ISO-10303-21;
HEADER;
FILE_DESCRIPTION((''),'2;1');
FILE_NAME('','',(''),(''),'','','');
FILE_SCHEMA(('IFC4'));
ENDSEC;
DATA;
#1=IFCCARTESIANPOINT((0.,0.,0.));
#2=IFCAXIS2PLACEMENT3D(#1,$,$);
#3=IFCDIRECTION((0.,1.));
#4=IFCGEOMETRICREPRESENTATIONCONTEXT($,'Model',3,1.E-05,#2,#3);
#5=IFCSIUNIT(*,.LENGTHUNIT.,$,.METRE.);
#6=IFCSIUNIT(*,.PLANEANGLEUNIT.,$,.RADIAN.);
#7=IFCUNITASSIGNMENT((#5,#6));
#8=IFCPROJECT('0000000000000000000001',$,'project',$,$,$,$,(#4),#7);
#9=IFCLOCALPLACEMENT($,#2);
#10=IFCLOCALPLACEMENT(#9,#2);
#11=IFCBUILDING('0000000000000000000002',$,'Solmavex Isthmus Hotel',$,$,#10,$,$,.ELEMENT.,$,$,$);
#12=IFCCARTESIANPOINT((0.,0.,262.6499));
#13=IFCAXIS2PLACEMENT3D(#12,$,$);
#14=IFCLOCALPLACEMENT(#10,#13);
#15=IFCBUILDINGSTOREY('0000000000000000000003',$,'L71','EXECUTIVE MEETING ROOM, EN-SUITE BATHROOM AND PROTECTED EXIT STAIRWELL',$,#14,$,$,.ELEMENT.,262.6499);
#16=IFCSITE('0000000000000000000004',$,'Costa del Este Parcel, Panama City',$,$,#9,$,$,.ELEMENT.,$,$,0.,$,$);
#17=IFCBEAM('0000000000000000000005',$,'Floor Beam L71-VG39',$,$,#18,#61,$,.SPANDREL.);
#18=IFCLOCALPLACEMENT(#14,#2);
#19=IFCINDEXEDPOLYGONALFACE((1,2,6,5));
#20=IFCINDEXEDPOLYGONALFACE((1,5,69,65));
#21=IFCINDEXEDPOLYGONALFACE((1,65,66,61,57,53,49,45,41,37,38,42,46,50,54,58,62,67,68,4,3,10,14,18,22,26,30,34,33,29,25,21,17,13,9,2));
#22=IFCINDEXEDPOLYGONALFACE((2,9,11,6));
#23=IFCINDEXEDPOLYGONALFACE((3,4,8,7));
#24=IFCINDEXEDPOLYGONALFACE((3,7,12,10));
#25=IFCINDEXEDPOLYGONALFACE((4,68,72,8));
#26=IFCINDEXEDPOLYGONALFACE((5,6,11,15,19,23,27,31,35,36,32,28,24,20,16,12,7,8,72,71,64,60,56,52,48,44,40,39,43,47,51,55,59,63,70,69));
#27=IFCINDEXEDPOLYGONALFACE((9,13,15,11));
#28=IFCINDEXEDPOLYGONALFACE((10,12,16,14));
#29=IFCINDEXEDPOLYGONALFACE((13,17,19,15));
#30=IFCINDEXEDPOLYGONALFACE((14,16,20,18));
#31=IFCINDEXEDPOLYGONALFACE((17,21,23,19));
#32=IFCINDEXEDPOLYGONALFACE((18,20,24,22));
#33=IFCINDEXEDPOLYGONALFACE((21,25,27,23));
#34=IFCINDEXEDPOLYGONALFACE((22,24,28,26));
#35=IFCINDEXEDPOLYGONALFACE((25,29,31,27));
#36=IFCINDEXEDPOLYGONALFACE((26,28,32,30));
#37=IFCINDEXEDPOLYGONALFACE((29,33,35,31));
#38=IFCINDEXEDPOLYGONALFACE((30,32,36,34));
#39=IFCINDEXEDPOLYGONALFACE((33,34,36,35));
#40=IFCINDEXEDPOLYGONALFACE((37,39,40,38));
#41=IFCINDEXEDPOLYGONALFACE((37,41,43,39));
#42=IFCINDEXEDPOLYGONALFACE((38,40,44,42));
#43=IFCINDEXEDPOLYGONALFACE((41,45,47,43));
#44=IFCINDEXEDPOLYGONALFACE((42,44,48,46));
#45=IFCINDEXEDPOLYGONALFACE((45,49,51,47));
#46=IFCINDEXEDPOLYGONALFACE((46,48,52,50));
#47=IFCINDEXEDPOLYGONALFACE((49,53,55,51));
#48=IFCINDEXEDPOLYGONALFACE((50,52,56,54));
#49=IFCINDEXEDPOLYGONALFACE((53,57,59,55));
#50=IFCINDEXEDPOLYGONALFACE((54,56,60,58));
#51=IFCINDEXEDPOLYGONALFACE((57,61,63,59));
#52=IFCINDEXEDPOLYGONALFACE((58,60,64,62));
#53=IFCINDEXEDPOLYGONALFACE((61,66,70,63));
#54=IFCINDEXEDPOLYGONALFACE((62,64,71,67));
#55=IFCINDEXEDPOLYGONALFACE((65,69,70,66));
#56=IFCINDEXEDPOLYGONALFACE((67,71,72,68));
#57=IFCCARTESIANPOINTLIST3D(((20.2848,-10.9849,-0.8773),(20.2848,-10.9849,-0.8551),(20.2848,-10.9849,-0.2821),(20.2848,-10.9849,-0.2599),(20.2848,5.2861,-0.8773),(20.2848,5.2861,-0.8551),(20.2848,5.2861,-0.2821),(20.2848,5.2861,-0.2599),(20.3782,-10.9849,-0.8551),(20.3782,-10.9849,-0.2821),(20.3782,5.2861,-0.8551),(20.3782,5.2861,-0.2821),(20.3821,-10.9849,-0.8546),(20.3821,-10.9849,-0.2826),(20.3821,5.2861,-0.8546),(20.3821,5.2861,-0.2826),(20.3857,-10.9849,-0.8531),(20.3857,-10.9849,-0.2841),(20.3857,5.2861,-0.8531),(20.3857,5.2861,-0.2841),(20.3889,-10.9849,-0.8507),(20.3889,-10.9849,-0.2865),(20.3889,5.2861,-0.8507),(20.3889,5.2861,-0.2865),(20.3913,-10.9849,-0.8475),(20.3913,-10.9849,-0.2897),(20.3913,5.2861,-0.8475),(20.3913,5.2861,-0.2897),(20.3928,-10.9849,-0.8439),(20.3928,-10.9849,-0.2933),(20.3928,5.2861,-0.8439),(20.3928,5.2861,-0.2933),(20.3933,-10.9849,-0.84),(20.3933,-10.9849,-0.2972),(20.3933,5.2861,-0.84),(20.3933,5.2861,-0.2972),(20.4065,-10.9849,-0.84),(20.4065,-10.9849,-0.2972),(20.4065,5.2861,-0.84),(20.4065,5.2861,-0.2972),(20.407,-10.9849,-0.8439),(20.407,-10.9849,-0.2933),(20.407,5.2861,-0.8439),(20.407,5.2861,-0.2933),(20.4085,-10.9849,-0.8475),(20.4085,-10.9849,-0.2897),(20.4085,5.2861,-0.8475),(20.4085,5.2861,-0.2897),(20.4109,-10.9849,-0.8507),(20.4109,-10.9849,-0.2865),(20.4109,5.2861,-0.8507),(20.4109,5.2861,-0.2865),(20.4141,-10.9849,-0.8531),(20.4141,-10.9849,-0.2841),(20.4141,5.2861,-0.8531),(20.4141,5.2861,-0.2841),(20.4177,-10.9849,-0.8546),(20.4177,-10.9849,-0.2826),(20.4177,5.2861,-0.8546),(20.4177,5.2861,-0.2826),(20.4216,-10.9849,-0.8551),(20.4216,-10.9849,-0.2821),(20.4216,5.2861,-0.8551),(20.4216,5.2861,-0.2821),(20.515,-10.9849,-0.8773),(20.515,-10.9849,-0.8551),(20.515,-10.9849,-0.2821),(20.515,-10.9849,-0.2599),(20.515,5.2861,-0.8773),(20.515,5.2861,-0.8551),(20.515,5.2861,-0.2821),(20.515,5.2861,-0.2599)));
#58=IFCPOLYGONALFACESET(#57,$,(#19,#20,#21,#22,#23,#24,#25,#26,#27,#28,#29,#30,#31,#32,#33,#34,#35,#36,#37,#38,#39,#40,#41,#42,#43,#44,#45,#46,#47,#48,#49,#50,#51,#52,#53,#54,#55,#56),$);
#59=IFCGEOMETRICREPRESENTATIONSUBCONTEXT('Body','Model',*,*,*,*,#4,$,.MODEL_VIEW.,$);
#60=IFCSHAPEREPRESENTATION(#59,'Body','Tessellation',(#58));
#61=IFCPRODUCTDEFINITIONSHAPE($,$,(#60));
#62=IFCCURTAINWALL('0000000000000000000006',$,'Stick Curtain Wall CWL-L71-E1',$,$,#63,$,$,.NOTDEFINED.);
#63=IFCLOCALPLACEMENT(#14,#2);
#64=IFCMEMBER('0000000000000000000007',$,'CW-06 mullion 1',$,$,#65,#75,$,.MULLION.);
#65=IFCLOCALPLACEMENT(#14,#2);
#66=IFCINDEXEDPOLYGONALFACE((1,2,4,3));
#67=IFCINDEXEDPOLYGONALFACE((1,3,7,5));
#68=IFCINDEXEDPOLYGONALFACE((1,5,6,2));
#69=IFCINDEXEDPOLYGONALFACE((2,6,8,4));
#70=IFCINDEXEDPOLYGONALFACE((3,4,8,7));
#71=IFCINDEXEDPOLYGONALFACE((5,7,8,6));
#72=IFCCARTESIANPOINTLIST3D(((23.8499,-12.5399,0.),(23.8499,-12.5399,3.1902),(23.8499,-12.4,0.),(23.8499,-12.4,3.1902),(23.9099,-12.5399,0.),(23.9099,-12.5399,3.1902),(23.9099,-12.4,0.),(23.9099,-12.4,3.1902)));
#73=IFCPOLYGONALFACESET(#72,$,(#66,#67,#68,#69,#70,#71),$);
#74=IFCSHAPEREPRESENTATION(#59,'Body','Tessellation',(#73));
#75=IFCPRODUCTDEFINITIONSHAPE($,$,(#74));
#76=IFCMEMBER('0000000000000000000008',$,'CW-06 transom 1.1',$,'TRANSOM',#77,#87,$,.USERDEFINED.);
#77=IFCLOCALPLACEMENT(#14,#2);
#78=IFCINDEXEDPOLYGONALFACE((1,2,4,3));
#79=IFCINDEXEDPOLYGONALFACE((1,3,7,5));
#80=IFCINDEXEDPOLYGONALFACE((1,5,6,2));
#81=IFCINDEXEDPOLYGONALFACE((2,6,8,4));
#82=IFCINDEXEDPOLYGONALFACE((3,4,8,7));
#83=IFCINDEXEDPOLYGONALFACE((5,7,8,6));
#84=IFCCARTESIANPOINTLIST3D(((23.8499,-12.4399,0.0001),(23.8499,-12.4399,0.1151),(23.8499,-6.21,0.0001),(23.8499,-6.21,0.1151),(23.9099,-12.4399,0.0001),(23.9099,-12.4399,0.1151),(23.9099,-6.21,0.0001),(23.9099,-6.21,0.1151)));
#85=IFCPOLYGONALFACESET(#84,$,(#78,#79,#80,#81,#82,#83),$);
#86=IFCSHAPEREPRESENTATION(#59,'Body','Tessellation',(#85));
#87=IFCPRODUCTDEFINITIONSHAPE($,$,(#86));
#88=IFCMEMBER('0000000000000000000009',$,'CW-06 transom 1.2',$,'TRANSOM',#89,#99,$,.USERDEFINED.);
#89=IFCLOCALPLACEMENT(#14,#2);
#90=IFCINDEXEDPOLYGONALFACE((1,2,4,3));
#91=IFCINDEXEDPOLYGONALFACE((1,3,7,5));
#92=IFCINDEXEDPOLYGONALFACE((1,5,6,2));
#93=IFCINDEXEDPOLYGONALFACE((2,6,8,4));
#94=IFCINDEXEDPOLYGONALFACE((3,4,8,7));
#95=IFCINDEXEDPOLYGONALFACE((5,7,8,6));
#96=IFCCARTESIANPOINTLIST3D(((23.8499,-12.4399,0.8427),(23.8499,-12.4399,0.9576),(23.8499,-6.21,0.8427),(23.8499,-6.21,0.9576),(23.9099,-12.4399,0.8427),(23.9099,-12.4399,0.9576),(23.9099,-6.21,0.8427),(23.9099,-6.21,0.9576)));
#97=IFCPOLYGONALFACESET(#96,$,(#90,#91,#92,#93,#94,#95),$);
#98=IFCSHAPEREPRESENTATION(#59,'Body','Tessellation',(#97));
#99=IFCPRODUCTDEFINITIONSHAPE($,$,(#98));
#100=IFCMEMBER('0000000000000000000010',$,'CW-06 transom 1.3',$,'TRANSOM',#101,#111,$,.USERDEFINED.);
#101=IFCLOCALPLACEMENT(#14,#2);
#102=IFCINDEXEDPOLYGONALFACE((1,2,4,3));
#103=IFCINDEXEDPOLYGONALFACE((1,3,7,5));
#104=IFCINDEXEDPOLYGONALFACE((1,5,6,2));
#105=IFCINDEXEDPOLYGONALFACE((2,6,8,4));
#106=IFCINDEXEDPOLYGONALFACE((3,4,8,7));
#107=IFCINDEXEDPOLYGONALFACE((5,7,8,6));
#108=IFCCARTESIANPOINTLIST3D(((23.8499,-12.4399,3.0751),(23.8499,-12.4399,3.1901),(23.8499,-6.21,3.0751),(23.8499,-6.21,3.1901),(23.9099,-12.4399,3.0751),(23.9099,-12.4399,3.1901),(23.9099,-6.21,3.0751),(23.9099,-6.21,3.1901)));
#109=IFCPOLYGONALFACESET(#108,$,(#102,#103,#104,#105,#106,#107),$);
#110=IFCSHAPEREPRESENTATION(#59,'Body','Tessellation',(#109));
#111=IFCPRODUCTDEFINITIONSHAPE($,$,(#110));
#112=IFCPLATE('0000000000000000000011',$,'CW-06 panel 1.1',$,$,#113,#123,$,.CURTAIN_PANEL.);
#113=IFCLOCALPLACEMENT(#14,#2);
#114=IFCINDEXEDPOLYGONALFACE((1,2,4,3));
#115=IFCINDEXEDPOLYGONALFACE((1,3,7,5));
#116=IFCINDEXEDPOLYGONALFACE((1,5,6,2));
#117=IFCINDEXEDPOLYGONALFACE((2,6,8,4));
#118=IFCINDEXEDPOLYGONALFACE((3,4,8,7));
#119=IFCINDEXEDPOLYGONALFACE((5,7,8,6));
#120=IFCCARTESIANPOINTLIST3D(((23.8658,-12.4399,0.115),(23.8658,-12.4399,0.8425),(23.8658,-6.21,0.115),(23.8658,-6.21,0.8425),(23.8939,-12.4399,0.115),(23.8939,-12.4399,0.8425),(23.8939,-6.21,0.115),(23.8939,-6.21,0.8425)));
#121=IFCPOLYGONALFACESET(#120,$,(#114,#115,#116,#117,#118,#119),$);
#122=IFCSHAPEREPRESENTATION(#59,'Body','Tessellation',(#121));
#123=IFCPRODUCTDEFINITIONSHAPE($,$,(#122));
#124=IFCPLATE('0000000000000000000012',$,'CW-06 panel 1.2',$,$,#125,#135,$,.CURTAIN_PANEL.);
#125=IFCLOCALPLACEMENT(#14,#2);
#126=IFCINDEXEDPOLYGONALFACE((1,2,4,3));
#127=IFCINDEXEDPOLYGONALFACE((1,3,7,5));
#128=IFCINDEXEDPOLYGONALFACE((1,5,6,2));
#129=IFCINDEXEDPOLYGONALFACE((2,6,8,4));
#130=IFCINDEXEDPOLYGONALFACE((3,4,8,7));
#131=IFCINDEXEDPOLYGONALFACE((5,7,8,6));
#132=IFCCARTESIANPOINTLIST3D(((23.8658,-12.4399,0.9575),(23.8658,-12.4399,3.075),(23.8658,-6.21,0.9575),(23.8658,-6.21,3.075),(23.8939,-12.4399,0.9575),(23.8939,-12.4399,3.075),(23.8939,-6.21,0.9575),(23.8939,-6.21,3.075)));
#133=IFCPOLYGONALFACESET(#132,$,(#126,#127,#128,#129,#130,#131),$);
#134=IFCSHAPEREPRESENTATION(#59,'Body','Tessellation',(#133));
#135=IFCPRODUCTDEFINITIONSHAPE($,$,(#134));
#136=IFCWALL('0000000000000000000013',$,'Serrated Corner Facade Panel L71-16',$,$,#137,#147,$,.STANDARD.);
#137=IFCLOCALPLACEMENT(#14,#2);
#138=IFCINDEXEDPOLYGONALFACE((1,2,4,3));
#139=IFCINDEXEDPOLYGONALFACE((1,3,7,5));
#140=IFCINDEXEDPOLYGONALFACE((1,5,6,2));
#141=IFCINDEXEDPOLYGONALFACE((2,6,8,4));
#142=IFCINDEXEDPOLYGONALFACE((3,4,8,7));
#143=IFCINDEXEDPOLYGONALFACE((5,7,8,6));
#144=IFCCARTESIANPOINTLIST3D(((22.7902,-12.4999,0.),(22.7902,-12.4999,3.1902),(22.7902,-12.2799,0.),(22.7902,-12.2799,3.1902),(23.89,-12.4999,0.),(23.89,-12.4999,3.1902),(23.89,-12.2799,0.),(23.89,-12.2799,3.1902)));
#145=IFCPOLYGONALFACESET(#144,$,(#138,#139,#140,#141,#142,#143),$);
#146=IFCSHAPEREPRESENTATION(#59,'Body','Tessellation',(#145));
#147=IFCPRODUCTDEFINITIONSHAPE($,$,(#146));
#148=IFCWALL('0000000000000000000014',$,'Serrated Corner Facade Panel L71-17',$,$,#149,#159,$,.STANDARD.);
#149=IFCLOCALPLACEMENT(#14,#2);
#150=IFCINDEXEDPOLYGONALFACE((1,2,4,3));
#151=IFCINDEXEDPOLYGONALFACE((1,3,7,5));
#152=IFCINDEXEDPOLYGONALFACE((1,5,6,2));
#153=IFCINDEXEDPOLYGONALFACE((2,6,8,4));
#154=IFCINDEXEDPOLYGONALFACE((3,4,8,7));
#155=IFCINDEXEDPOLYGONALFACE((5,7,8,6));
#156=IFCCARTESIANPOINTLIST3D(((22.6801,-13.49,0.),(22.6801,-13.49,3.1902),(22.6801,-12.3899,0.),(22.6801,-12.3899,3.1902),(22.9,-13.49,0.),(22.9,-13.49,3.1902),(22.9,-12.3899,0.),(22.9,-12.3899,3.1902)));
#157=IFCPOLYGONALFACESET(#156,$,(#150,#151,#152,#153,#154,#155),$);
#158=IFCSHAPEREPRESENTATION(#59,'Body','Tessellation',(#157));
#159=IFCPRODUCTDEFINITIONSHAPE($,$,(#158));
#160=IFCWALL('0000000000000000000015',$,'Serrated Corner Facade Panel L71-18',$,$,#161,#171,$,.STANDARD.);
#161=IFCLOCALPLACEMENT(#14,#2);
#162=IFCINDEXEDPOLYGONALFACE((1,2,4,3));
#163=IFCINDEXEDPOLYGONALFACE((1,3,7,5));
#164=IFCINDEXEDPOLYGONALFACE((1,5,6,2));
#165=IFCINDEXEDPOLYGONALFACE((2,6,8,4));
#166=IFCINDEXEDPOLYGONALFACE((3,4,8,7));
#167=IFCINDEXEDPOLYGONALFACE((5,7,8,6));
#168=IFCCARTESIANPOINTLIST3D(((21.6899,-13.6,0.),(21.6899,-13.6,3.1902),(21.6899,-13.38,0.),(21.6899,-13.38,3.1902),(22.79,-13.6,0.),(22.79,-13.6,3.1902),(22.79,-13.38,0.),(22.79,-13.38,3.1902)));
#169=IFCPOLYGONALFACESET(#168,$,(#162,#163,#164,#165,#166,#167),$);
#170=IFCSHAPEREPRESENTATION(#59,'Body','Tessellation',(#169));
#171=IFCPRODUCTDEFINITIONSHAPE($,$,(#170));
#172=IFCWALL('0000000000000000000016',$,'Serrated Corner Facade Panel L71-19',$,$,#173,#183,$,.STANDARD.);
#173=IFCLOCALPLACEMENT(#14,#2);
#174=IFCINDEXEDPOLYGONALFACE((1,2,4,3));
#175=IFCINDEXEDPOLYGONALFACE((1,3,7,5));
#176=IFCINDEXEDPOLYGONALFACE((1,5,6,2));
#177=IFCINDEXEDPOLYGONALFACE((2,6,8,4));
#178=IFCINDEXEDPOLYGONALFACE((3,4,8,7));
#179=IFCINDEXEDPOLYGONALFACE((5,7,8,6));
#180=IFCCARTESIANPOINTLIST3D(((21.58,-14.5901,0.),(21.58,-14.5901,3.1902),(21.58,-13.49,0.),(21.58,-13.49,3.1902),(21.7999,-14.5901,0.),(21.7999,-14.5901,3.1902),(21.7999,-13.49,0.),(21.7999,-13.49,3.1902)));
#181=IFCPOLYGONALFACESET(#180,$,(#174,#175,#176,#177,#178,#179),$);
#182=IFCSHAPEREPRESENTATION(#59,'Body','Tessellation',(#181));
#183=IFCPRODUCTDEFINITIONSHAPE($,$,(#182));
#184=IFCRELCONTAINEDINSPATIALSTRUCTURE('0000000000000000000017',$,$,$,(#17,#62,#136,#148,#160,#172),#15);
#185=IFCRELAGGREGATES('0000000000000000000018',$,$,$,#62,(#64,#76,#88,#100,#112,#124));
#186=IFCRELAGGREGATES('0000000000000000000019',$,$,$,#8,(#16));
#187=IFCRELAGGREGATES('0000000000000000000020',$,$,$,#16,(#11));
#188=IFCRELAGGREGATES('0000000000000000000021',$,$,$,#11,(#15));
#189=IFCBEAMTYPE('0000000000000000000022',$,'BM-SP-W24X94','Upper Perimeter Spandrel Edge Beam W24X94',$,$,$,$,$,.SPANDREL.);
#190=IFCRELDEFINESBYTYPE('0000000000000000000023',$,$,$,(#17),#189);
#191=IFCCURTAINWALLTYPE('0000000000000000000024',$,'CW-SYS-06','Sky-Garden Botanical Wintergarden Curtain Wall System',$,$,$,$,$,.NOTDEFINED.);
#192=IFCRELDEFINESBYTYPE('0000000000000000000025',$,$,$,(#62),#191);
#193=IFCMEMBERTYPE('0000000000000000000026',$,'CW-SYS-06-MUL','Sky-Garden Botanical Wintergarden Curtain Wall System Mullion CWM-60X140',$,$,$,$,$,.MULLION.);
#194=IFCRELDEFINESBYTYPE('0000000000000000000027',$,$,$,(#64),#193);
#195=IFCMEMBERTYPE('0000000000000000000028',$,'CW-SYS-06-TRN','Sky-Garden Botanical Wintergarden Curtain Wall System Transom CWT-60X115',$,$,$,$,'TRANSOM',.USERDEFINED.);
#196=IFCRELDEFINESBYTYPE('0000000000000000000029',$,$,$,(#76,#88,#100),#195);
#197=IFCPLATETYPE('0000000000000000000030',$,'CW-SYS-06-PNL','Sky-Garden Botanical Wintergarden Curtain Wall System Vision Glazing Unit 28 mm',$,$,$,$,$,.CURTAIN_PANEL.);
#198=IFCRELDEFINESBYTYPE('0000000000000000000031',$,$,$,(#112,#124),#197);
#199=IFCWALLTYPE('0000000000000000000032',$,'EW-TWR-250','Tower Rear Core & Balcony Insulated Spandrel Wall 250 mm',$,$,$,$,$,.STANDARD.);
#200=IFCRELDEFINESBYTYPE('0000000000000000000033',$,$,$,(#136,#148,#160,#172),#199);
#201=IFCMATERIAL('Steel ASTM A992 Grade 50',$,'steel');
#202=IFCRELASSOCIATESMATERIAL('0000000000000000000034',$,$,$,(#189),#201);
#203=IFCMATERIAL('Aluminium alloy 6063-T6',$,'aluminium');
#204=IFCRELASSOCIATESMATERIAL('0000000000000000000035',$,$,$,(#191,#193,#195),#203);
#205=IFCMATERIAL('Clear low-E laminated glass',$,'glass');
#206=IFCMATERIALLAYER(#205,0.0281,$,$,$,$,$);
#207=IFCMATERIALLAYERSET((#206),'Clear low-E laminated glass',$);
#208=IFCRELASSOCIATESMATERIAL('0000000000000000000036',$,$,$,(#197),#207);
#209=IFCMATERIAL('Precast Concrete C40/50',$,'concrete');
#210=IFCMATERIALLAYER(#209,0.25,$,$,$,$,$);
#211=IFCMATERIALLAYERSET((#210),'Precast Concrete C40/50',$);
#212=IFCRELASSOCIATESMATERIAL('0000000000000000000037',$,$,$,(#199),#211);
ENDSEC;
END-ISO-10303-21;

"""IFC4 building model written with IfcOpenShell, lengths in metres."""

from ifc_helpers import new_model, si_unit, direction, frame, frame_2d, origin, origin_2d, place, context, subcontext, project, spatial, rectangle, i_section, extrude, material, layer, layer_set, material_profile, profile_set, type_object, element, aggregate, save


model = new_model("IFC4")

# Units and contexts
model_context = context("Model", 3, precision=1e-05, world=origin(), true_north=direction((0.0, 1.0)))
body_context = subcontext(model_context, "Body", "Model", "MODEL_VIEW")
ifc_project = project(units=[si_unit("LENGTHUNIT", "METRE"), si_unit("PLANEANGLEUNIT", "RADIAN")], contexts=[model_context])

# Site, building, storey
site_placement = place(None, origin())
site = spatial("IfcSite", under=ifc_project, at=site_placement, Name="Costa del Este Parcel, Panama City", CompositionType="ELEMENT", RefElevation=0.0)
building_placement = place(site_placement, origin())
building = spatial("IfcBuilding", under=site, at=building_placement, Name="Solmavex Isthmus Hotel", CompositionType="ELEMENT")
storey_placement = place(building_placement, frame((0.0, 0.0, 262.6499)))
storey = spatial("IfcBuildingStorey", under=building, at=storey_placement, Name="L71", Description="EXECUTIVE MEETING ROOM, EN-SUITE BATHROOM AND PROTECTED EXIT STAIRWELL", CompositionType="ELEMENT", Elevation=262.6499)

# Beam
ifc_material_1 = material(Name="Steel ASTM A992 Grade 50", Category="steel")
ifc_material_profile_1 = material_profile(ifc_material_1, i_section(OverallWidth=0.2302, OverallDepth=0.6174, WebThickness=0.0132, FlangeThickness=0.0222, FilletRadius=0.0151, at=origin_2d()), Name="W24X94")
ifc_profile_set_1 = profile_set([ifc_material_profile_1], Name="Steel ASTM A992 Grade 50")
beam_type_1 = type_object("IfcBeamType", Name="BM-SP-W24X94", Description="Upper Perimeter Spandrel Edge Beam W24X94", PredefinedType="SPANDREL", material=ifc_profile_set_1)
beam_1_placement = place(storey_placement, frame((20.3999, -10.9849, -0.5686), z_axis=(0.0, 1.0, 0.0), x_axis=(-1.0, 0.0, 0.0)))
element("IfcBeam", 1, at=beam_1_placement, inside=storey, type_object=beam_type_1, Name="Floor Beam L71-VG39", PredefinedType="SPANDREL", context=body_context, shape_type="SweptSolid", body=[
    extrude(i_section(OverallWidth=0.2302, OverallDepth=0.6174, WebThickness=0.0132, FlangeThickness=0.0222, FilletRadius=0.0151, at=origin_2d()), origin(), (0.0, 0.0, 1.0), 16.271),
])

# Curtain wall, members, plates
ifc_material_2 = material(Name="Aluminium alloy 6063-T6", Category="aluminium")
curtain_wall_type = type_object("IfcCurtainWallType", Name="CW-SYS-06", Description="Sky-Garden Botanical Wintergarden Curtain Wall System", PredefinedType="NOTDEFINED", material=ifc_material_2)
curtain_wall_placement = place(storey_placement, origin())
curtain_wall = element("IfcCurtainWall", 2, at=curtain_wall_placement, inside=storey, type_object=curtain_wall_type, Name="Stick Curtain Wall CWL-L71-E1", PredefinedType="NOTDEFINED")
ifc_material_profile_2 = material_profile(ifc_material_2, rectangle(XDim=0.0601, YDim=0.1399, at=origin_2d()), Name="CWM-60X140")
ifc_profile_set_2 = profile_set([ifc_material_profile_2], Name="Aluminium alloy 6063-T6")
member_type_1 = type_object("IfcMemberType", Name="CW-SYS-06-MUL", Description="Sky-Garden Botanical Wintergarden Curtain Wall System Mullion CWM-60X140", PredefinedType="MULLION", material=ifc_profile_set_2)
member_1_placement = place(storey_placement, frame((23.8799, -12.47, 0.0), z_axis=(0.0, 0.0, 1.0), x_axis=(-1.0, 0.0, 0.0)))
member_1 = element("IfcMember", 3, at=member_1_placement, type_object=member_type_1, Name="CW-06 mullion 1", PredefinedType="MULLION", context=body_context, shape_type="SweptSolid", body=[
    extrude(rectangle(XDim=0.0601, YDim=0.1399, at=origin_2d()), origin(), (0.0, 0.0, 1.0), 3.1902),
])
ifc_material_profile_3 = material_profile(ifc_material_2, rectangle(XDim=0.0601, YDim=0.115, at=origin_2d()), Name="CWT-60X115")
ifc_profile_set_3 = profile_set([ifc_material_profile_3], Name="Aluminium alloy 6063-T6")
member_type_2 = type_object("IfcMemberType", Name="CW-SYS-06-TRN", Description="Sky-Garden Botanical Wintergarden Curtain Wall System Transom CWT-60X115", ElementType="TRANSOM", PredefinedType="USERDEFINED", material=ifc_profile_set_3)
member_2_placement = place(storey_placement, frame((23.8799, -12.4399, 0.0576), z_axis=(0.0, 1.0, 0.0), x_axis=(-1.0, 0.0, 0.0)))
member_2 = element("IfcMember", 4, at=member_2_placement, type_object=member_type_2, Name="CW-06 transom 1.1", ObjectType="TRANSOM", PredefinedType="USERDEFINED", context=body_context, shape_type="SweptSolid", body=[
    extrude(rectangle(XDim=0.0601, YDim=0.115, at=origin_2d()), origin(), (0.0, 0.0, 1.0), 6.23),
])
member_3_placement = place(storey_placement, frame((23.8799, -12.4399, 0.9001), z_axis=(0.0, 1.0, 0.0), x_axis=(-1.0, 0.0, 0.0)))
member_3 = element("IfcMember", 5, at=member_3_placement, type_object=member_type_2, Name="CW-06 transom 1.2", ObjectType="TRANSOM", PredefinedType="USERDEFINED", context=body_context, shape_type="SweptSolid", body=[
    extrude(rectangle(XDim=0.0601, YDim=0.115, at=origin_2d()), origin(), (0.0, 0.0, 1.0), 6.23),
])
member_4_placement = place(storey_placement, frame((23.8799, -12.4399, 3.1326), z_axis=(0.0, 1.0, 0.0), x_axis=(-1.0, 0.0, 0.0)))
member_4 = element("IfcMember", 6, at=member_4_placement, type_object=member_type_2, Name="CW-06 transom 1.3", ObjectType="TRANSOM", PredefinedType="USERDEFINED", context=body_context, shape_type="SweptSolid", body=[
    extrude(rectangle(XDim=0.0601, YDim=0.115, at=origin_2d()), origin(), (0.0, 0.0, 1.0), 6.23),
])
ifc_material_3 = material(Name="Clear low-E laminated glass", Category="glass")
ifc_layer_1 = layer(ifc_material_3, 0.0281)
ifc_layer_set_1 = layer_set([ifc_layer_1], Name="Clear low-E laminated glass")
plate_type = type_object("IfcPlateType", Name="CW-SYS-06-PNL", Description="Sky-Garden Botanical Wintergarden Curtain Wall System Vision Glazing Unit 28 mm", PredefinedType="CURTAIN_PANEL", material=ifc_layer_set_1)
plate_1_placement = place(storey_placement, frame((23.8799, -9.325, 0.115), z_axis=(0.0, 0.0, 1.0), x_axis=(0.0, 1.0, 0.0)))
plate_1 = element("IfcPlate", 7, at=plate_1_placement, type_object=plate_type, Name="CW-06 panel 1.1", PredefinedType="CURTAIN_PANEL", context=body_context, shape_type="SweptSolid", body=[
    extrude(rectangle(XDim=6.23, YDim=0.0281, at=origin_2d()), origin(), (0.0, 0.0, 1.0), 0.7275),
])
plate_2_placement = place(storey_placement, frame((23.8799, -9.325, 0.9575), z_axis=(0.0, 0.0, 1.0), x_axis=(0.0, 1.0, 0.0)))
plate_2 = element("IfcPlate", 8, at=plate_2_placement, type_object=plate_type, Name="CW-06 panel 1.2", PredefinedType="CURTAIN_PANEL", context=body_context, shape_type="SweptSolid", body=[
    extrude(rectangle(XDim=6.23, YDim=0.0281, at=origin_2d()), origin(), (0.0, 0.0, 1.0), 2.1174),
])
aggregate(curtain_wall, [member_1, member_2, member_3, member_4, plate_1, plate_2])

# Walls
ifc_material_4 = material(Name="Precast Concrete C40/50", Category="concrete")
ifc_layer_2 = layer(ifc_material_4, 0.25)
ifc_layer_set_2 = layer_set([ifc_layer_2], Name="Precast Concrete C40/50")
wall_type_1 = type_object("IfcWallType", Name="EW-TWR-250", Description="Tower Rear Core & Balcony Insulated Spandrel Wall 250 mm", PredefinedType="STANDARD", material=ifc_layer_set_2)
wall_1_placement = place(storey_placement, frame((23.8899, -12.3899, 0.0), z_axis=(0.0, 0.0, 1.0), x_axis=(-1.0, 0.0, 0.0)))
element("IfcWall", 9, at=wall_1_placement, inside=storey, type_object=wall_type_1, Name="Serrated Corner Facade Panel L71-16", PredefinedType="STANDARD", context=body_context, shape_type="SweptSolid", body=[
    extrude(rectangle(XDim=1.0999, YDim=0.22, at=frame_2d((0.5498, 0.0))), origin(), (0.0, 0.0, 1.0), 3.1902),
])
for number, where, z_axis, x_axis, name in (
    (10, (22.79, -12.3899, 0.0), (0.0, 0.0, 1.0), (0.0, -1.0, 0.0), "Serrated Corner Facade Panel L71-17"),
    (11, (22.79, -13.49, 0.0), (0.0, 0.0, 1.0), (-1.0, 0.0, 0.0), "Serrated Corner Facade Panel L71-18"),
    (12, (21.6899, -13.49, 0.0), (0.0, 0.0, 1.0), (0.0, -1.0, 0.0), "Serrated Corner Facade Panel L71-19"),
):
    element("IfcWall", number, at=place(storey_placement, frame(where, z_axis=z_axis, x_axis=x_axis)), inside=storey, type_object=wall_type_1, Name=name, PredefinedType="STANDARD", context=body_context, shape_type="SweptSolid", body=[
        extrude(rectangle(XDim=1.1001, YDim=0.22, at=frame_2d((0.55, 0.0))), origin(), (0.0, 0.0, 1.0), 3.1902),
    ])

save(model, "model.ifc")
